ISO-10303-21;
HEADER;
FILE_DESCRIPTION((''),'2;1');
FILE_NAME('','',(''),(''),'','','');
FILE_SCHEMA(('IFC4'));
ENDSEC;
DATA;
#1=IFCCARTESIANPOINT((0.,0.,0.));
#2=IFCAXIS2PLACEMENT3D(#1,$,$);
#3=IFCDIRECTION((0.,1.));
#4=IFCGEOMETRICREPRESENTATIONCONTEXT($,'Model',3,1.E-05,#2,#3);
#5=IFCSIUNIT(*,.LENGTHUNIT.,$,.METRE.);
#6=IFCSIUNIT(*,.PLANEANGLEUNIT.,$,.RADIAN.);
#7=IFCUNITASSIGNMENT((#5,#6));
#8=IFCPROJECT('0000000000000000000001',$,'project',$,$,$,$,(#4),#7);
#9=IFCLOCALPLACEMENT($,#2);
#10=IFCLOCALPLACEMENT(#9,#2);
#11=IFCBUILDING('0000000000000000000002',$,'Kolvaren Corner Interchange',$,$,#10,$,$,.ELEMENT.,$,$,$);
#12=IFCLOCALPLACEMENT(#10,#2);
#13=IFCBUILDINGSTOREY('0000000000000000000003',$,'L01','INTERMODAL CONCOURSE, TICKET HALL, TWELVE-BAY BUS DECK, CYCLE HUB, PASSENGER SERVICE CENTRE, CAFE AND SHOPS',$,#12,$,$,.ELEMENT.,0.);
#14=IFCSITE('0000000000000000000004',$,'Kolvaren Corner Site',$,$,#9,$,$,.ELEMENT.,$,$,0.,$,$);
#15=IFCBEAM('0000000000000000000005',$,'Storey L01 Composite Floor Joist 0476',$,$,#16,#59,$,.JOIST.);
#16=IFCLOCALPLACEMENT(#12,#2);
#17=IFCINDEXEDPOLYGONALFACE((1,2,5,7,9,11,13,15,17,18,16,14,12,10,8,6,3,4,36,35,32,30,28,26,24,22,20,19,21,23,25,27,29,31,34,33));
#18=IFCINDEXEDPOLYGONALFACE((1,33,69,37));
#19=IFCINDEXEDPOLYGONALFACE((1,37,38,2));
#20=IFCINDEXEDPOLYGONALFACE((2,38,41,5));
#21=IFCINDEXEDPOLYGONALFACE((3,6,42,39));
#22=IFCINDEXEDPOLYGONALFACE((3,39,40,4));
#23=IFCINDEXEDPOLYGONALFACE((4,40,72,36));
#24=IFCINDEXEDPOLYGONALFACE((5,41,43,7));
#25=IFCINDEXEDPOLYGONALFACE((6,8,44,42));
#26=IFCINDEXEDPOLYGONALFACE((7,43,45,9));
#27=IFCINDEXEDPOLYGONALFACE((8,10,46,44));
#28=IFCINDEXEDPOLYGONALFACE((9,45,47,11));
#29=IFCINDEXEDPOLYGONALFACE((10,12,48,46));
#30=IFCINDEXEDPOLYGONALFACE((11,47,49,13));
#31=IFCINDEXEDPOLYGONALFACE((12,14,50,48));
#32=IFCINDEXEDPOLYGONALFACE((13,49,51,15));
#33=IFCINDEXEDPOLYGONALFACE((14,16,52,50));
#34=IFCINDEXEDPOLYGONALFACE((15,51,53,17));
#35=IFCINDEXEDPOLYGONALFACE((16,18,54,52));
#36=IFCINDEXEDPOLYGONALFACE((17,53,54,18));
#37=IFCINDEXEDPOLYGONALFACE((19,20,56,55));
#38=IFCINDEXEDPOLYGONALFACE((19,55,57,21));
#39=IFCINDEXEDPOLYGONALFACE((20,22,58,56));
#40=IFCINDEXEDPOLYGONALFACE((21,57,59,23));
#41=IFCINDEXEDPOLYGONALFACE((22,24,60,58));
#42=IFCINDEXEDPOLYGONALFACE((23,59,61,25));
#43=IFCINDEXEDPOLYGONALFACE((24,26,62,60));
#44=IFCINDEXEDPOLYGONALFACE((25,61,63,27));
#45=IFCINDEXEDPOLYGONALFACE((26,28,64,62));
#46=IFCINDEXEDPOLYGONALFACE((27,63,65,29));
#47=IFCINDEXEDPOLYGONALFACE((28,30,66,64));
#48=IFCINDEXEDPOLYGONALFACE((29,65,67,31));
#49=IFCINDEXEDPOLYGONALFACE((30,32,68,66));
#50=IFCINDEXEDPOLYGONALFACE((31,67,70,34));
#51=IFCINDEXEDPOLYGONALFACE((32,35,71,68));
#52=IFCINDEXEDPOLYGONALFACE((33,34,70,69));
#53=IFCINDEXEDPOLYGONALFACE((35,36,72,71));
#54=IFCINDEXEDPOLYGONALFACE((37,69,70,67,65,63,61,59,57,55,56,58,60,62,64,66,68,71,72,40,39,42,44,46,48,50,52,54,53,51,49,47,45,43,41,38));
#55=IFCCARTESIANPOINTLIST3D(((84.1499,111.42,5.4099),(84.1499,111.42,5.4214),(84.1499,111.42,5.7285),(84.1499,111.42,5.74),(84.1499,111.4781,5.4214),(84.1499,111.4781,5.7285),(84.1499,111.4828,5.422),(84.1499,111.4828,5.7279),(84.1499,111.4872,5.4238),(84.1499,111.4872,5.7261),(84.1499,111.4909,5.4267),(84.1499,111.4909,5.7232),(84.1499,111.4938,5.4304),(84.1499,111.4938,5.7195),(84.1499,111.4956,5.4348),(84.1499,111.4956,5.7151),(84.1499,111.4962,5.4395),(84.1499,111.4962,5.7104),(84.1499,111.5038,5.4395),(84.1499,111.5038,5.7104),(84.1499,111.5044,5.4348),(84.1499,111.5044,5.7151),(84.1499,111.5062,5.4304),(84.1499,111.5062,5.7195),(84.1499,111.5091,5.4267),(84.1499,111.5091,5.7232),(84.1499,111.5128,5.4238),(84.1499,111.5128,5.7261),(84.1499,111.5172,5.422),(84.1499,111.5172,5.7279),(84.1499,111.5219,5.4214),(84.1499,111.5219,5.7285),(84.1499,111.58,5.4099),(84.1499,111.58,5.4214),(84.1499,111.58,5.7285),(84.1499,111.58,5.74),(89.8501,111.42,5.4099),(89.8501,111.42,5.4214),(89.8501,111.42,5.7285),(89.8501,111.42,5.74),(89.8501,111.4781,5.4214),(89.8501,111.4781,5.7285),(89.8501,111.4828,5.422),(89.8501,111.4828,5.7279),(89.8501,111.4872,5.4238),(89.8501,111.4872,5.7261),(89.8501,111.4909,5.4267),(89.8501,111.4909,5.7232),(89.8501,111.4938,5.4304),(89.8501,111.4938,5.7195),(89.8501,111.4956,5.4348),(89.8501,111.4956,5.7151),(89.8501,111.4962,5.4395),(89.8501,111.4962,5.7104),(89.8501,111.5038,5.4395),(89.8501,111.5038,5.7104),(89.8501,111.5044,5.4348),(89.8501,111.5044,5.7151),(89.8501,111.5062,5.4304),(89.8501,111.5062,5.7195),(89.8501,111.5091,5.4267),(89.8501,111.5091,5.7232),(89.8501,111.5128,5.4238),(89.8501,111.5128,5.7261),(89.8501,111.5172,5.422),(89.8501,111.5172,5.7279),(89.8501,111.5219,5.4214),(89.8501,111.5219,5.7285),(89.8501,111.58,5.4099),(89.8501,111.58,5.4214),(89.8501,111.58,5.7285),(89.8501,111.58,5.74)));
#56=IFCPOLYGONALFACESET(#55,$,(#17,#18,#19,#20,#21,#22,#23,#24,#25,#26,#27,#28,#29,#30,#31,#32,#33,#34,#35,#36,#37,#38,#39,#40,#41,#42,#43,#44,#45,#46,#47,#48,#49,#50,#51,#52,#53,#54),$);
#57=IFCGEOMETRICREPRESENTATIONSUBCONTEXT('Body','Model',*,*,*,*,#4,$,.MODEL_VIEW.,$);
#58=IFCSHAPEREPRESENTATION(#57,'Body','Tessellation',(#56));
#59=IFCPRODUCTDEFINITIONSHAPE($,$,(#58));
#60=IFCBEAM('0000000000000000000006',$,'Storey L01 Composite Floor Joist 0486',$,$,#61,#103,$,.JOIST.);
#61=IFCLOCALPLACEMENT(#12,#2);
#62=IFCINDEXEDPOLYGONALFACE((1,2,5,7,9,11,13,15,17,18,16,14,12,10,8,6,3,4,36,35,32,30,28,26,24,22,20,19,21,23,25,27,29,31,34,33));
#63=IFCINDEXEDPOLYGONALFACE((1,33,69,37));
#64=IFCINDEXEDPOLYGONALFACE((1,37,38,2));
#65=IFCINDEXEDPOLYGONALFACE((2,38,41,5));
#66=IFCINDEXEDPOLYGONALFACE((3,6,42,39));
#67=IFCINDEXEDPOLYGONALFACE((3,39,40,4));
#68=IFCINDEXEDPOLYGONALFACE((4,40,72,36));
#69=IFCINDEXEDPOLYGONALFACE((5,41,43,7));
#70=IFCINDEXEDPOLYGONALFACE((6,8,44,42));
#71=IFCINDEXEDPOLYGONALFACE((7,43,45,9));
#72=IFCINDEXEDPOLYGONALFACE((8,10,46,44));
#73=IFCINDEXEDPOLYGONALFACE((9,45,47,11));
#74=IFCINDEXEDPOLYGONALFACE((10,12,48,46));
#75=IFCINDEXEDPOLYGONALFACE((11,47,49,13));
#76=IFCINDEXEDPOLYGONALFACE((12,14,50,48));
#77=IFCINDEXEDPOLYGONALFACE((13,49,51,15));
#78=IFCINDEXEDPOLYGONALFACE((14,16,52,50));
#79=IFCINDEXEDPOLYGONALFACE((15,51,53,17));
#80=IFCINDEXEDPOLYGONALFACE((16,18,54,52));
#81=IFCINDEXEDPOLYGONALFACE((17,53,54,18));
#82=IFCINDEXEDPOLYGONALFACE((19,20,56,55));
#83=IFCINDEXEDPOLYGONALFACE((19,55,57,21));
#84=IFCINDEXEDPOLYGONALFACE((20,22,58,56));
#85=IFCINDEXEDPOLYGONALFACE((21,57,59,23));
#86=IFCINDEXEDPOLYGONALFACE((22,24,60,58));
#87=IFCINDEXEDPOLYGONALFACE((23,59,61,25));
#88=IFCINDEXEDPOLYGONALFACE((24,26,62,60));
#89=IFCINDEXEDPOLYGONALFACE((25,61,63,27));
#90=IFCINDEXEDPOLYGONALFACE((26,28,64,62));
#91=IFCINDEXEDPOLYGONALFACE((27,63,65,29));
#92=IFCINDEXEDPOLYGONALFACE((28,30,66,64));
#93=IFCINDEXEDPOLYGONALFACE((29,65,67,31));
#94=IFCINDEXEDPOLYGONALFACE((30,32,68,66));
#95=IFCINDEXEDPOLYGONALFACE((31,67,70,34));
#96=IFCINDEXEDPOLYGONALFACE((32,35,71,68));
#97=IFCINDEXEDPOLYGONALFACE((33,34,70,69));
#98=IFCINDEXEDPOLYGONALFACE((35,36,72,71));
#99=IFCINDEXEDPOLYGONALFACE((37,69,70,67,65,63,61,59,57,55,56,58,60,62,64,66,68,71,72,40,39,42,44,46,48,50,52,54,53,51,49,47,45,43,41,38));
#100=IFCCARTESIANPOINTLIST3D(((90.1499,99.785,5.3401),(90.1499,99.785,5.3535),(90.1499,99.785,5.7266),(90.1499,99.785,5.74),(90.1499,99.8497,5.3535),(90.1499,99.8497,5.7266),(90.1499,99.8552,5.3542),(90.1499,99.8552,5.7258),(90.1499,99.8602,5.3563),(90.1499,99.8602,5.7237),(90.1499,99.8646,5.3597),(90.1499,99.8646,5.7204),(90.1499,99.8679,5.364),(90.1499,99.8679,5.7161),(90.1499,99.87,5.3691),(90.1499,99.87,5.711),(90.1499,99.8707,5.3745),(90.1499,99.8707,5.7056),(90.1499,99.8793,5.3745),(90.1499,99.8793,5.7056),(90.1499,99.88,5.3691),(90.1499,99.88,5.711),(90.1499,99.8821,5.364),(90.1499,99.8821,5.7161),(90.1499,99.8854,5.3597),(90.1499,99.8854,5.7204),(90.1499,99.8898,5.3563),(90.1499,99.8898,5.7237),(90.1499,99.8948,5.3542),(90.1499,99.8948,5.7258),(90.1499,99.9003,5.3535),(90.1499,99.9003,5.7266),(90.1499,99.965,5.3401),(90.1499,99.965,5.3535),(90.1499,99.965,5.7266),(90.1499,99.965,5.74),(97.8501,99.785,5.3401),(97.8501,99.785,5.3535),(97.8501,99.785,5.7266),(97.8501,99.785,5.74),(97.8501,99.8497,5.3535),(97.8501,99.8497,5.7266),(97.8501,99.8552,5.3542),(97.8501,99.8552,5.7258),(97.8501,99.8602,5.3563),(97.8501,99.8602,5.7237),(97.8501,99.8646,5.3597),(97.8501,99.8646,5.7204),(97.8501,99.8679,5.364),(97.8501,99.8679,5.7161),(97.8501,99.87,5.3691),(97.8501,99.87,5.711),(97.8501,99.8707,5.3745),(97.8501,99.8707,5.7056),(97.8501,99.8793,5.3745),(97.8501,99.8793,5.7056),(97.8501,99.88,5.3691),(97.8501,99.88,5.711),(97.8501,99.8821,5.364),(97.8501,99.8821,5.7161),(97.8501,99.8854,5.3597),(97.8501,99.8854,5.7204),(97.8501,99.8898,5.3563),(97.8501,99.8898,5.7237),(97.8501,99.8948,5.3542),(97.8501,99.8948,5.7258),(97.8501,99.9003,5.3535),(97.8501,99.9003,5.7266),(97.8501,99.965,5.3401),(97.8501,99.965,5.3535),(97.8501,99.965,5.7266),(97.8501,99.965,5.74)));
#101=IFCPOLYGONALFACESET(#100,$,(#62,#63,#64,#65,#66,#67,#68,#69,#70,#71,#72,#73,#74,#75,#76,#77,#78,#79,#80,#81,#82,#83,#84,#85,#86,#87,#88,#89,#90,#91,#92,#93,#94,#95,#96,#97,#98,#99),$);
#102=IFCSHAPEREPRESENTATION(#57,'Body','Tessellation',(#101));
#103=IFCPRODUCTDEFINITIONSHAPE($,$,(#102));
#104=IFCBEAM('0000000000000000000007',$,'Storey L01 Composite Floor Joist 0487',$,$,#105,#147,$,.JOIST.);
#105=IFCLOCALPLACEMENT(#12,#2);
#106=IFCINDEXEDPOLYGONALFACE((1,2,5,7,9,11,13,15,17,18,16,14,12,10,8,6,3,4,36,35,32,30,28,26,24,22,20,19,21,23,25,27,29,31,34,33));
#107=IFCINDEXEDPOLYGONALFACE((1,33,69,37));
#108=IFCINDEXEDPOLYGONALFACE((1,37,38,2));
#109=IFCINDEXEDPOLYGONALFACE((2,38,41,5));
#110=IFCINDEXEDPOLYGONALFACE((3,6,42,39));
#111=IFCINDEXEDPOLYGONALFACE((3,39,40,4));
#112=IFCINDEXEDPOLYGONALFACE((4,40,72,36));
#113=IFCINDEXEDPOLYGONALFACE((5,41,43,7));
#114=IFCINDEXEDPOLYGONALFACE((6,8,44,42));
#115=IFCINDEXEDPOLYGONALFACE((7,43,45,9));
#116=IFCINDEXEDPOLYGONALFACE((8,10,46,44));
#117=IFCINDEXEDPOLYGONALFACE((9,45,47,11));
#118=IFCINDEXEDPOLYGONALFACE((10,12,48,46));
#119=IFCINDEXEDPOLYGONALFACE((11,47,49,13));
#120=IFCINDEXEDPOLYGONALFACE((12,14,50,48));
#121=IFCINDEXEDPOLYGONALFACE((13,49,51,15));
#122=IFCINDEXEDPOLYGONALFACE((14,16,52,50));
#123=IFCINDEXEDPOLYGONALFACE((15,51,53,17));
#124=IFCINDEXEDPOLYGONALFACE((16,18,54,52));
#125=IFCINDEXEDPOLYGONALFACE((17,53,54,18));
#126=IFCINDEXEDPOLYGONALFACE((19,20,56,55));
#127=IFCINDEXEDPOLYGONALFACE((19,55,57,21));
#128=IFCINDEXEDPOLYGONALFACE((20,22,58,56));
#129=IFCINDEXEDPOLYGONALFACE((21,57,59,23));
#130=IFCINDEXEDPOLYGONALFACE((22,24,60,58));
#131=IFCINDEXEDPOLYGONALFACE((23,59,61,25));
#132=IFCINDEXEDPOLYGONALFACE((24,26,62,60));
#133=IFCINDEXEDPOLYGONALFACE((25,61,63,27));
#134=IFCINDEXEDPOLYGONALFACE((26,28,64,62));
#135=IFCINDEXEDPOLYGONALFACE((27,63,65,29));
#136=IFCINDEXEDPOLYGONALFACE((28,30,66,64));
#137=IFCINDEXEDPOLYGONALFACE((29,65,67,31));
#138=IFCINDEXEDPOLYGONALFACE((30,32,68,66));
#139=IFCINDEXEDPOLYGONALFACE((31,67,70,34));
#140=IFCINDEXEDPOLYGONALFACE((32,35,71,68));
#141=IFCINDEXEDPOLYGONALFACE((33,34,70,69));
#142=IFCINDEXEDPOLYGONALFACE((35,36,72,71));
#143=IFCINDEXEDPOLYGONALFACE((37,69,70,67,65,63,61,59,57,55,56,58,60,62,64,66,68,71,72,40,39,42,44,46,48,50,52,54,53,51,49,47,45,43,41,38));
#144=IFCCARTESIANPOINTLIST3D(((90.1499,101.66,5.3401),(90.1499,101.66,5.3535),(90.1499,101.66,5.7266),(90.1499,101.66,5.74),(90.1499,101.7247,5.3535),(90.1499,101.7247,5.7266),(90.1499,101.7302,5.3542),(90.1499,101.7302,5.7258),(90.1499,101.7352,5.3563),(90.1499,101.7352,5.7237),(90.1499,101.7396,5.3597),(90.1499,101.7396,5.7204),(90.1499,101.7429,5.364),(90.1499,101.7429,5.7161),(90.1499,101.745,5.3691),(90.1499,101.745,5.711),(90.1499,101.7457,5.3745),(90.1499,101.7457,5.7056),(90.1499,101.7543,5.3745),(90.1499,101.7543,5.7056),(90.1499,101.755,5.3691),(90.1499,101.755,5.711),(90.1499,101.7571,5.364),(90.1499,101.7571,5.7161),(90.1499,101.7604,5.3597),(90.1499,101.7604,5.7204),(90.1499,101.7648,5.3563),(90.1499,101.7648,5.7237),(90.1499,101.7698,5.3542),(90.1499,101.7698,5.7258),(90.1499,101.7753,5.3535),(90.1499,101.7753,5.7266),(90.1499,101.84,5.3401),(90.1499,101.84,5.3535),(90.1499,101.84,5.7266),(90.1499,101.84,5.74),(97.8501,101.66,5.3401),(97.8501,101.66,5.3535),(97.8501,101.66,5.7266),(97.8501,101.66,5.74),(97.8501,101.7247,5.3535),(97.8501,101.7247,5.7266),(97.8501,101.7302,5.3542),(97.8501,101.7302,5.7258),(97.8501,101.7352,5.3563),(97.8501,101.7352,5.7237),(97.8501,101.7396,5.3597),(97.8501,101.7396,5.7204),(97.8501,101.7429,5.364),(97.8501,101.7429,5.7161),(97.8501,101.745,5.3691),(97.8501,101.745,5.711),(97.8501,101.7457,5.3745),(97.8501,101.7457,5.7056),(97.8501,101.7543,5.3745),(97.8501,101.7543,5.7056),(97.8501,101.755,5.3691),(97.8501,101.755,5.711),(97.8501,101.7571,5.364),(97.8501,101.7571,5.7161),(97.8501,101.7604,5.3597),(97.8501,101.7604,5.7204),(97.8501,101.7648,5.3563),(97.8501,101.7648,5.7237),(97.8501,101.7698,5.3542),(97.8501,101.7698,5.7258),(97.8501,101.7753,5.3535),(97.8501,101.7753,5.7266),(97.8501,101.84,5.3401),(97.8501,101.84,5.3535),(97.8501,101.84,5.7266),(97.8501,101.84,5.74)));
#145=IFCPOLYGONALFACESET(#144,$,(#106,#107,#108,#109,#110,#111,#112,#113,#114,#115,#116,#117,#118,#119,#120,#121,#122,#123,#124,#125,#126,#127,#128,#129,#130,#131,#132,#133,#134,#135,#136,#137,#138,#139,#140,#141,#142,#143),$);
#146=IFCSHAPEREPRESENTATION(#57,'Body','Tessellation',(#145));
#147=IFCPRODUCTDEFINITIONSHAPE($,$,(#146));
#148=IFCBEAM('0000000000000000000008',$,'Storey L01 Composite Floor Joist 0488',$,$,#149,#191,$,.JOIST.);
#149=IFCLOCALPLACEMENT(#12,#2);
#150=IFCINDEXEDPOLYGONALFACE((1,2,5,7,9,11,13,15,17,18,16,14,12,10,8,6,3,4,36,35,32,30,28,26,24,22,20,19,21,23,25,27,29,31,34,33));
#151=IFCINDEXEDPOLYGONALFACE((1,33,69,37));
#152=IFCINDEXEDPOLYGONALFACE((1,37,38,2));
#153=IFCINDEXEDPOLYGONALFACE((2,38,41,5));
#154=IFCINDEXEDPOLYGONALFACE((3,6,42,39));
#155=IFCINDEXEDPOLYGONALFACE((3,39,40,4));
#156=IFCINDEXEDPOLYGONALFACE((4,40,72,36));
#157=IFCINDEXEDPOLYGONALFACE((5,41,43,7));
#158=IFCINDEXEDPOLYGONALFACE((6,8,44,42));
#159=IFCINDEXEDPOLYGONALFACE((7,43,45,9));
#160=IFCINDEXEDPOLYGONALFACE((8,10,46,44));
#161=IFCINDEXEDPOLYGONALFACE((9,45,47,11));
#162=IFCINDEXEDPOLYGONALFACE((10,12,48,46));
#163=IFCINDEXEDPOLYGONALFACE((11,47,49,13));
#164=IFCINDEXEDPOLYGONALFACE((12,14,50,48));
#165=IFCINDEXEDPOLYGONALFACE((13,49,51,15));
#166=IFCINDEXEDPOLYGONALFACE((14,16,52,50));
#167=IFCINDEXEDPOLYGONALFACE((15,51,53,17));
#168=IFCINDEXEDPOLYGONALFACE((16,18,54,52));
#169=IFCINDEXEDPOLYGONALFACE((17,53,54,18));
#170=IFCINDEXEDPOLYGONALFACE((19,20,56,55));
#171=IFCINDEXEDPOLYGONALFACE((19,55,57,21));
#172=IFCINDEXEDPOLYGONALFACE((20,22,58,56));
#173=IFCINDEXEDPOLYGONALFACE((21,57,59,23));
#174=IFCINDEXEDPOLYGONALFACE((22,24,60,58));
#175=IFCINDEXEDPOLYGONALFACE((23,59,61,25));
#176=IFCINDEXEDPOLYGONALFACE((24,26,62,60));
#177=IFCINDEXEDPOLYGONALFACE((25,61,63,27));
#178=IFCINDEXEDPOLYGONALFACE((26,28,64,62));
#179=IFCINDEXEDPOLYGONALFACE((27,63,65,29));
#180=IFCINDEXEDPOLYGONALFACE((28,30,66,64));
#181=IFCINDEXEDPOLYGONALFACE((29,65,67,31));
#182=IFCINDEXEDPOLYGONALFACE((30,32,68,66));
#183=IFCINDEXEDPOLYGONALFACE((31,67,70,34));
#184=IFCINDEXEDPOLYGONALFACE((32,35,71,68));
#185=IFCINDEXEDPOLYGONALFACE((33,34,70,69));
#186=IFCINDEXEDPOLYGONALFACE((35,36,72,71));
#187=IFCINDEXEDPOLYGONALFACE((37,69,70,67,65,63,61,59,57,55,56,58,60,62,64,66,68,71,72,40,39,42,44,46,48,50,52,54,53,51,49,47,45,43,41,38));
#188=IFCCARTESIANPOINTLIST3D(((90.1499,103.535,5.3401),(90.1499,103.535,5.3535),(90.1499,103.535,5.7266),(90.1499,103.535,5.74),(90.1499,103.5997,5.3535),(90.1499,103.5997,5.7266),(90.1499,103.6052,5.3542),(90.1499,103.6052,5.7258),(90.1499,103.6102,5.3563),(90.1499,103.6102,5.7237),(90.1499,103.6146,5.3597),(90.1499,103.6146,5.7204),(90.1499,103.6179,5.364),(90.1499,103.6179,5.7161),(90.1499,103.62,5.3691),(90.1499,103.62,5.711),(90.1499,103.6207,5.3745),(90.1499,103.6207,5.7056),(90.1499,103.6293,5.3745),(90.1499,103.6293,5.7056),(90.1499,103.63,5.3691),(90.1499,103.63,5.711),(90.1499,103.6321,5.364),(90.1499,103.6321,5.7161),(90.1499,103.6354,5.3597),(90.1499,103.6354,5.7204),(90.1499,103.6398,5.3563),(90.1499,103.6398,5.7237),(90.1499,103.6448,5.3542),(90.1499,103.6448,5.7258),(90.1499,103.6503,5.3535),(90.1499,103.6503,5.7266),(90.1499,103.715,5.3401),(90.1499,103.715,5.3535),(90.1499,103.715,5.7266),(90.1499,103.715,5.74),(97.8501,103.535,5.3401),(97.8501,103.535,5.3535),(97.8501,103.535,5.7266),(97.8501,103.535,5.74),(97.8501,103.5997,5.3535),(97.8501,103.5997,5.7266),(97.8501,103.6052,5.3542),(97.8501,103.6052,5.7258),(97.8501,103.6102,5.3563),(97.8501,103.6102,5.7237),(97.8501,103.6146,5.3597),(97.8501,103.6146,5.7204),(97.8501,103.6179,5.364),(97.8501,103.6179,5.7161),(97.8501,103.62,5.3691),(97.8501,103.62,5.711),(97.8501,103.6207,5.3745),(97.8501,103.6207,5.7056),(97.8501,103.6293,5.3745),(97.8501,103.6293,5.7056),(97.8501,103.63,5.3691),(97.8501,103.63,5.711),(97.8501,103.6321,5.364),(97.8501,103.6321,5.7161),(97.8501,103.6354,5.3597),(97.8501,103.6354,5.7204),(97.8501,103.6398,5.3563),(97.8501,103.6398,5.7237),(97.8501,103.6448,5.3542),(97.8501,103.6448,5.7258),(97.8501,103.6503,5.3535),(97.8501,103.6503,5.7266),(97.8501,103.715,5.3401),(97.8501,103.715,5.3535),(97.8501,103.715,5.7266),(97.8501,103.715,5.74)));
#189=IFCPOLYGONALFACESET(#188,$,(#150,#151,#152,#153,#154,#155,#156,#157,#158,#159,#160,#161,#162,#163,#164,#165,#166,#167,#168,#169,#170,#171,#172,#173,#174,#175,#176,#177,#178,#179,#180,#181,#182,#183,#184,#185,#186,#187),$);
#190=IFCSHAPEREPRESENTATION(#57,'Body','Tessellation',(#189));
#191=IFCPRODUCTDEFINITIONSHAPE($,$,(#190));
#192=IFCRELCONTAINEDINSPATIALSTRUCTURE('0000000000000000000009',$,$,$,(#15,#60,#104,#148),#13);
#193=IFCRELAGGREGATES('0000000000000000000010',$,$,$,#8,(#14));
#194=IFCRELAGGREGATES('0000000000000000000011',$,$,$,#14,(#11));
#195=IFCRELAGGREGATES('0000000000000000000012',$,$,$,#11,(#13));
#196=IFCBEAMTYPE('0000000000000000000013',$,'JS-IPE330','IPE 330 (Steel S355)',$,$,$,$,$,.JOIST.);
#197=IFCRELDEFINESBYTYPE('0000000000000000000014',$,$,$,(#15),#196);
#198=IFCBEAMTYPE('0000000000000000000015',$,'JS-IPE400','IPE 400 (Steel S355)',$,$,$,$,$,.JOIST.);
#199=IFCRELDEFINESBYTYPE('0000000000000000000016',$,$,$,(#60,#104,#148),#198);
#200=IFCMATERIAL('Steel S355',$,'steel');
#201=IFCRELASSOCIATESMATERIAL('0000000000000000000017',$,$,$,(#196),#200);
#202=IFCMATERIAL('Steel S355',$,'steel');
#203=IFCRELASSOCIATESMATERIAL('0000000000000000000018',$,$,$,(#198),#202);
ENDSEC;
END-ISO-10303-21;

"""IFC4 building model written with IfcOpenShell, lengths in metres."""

from ifc_helpers import new_model, si_unit, direction, frame, origin, origin_2d, place, context, subcontext, project, spatial, i_section, extrude, material, material_profile, profile_set, type_object, element, save


model = new_model("IFC4")

# Units and contexts
model_context = context("Model", 3, precision=1e-05, world=origin(), true_north=direction((0.0, 1.0)))
body_context = subcontext(model_context, "Body", "Model", "MODEL_VIEW")
ifc_project = project(units=[si_unit("LENGTHUNIT", "METRE"), si_unit("PLANEANGLEUNIT", "RADIAN")], contexts=[model_context])

# Site, building, storey
site_placement = place(None, origin())
site = spatial("IfcSite", under=ifc_project, at=site_placement, Name="Kolvaren Corner Site", CompositionType="ELEMENT", RefElevation=0.0)
building_placement = place(site_placement, origin())
building = spatial("IfcBuilding", under=site, at=building_placement, Name="Kolvaren Corner Interchange", CompositionType="ELEMENT")
storey_placement = place(building_placement, origin())
storey = spatial("IfcBuildingStorey", under=building, at=storey_placement, Name="L01", Description="INTERMODAL CONCOURSE, TICKET HALL, TWELVE-BAY BUS DECK, CYCLE HUB, PASSENGER SERVICE CENTRE, CAFE AND SHOPS", CompositionType="ELEMENT", Elevation=0.0)

# Beams
ifc_material_1 = material(Name="Steel S355", Category="steel")
ifc_material_profile_1 = material_profile(ifc_material_1, i_section(OverallWidth=0.1599, OverallDepth=0.3301, WebThickness=0.0076, FlangeThickness=0.0115, FilletRadius=0.0181, at=origin_2d()), Name="IPE 330")
ifc_profile_set_1 = profile_set([ifc_material_profile_1], Name="Steel S355")
beam_type_1 = type_object("IfcBeamType", Name="JS-IPE330", Description="IPE 330 (Steel S355)", PredefinedType="JOIST", material=ifc_profile_set_1)
for number, where, z_axis, x_axis, name in (
    (1, (84.1499, 111.5, 5.575), (1.0, 0.0, 0.0), (0.0, 1.0, 0.0), "Storey L01 Composite Floor Joist 0476"),
):
    element("IfcBeam", number, at=place(storey_placement, frame(where, z_axis=z_axis, x_axis=x_axis)), inside=storey, type_object=beam_type_1, Name=name, PredefinedType="JOIST", context=body_context, shape_type="SweptSolid", body=[
        extrude(i_section(OverallWidth=0.1599, OverallDepth=0.3301, WebThickness=0.0076, FlangeThickness=0.0115, FilletRadius=0.0181, at=origin_2d()), origin(), (0.0, 0.0, 1.0), 5.7002),
    ])
ifc_material_2 = material(Name="Steel S355", Category="steel")
ifc_material_profile_2 = material_profile(ifc_material_2, i_section(OverallWidth=0.1799, OverallDepth=0.3999, WebThickness=0.0085, FlangeThickness=0.0134, FilletRadius=0.021, at=origin_2d()), Name="IPE 400")
ifc_profile_set_2 = profile_set([ifc_material_profile_2], Name="Steel S355")
beam_type_2 = type_object("IfcBeamType", Name="JS-IPE400", Description="IPE 400 (Steel S355)", PredefinedType="JOIST", material=ifc_profile_set_2)
for number, where, z_axis, x_axis, name in (
    (2, (90.1499, 99.875, 5.54), (1.0, 0.0, 0.0), (0.0, 1.0, 0.0), "Storey L01 Composite Floor Joist 0486"),
    (3, (90.1499, 101.75, 5.54), (1.0, 0.0, 0.0), (0.0, 1.0, 0.0), "Storey L01 Composite Floor Joist 0487"),
    (4, (90.1499, 103.625, 5.54), (1.0, 0.0, 0.0), (0.0, 1.0, 0.0), "Storey L01 Composite Floor Joist 0488"),
):
    element("IfcBeam", number, at=place(storey_placement, frame(where, z_axis=z_axis, x_axis=x_axis)), inside=storey, type_object=beam_type_2, Name=name, PredefinedType="JOIST", context=body_context, shape_type="SweptSolid", body=[
        extrude(i_section(OverallWidth=0.1799, OverallDepth=0.3999, WebThickness=0.0085, FlangeThickness=0.0134, FilletRadius=0.021, at=origin_2d()), origin(), (0.0, 0.0, 1.0), 7.7002),
    ])

save(model, "model.ifc")
